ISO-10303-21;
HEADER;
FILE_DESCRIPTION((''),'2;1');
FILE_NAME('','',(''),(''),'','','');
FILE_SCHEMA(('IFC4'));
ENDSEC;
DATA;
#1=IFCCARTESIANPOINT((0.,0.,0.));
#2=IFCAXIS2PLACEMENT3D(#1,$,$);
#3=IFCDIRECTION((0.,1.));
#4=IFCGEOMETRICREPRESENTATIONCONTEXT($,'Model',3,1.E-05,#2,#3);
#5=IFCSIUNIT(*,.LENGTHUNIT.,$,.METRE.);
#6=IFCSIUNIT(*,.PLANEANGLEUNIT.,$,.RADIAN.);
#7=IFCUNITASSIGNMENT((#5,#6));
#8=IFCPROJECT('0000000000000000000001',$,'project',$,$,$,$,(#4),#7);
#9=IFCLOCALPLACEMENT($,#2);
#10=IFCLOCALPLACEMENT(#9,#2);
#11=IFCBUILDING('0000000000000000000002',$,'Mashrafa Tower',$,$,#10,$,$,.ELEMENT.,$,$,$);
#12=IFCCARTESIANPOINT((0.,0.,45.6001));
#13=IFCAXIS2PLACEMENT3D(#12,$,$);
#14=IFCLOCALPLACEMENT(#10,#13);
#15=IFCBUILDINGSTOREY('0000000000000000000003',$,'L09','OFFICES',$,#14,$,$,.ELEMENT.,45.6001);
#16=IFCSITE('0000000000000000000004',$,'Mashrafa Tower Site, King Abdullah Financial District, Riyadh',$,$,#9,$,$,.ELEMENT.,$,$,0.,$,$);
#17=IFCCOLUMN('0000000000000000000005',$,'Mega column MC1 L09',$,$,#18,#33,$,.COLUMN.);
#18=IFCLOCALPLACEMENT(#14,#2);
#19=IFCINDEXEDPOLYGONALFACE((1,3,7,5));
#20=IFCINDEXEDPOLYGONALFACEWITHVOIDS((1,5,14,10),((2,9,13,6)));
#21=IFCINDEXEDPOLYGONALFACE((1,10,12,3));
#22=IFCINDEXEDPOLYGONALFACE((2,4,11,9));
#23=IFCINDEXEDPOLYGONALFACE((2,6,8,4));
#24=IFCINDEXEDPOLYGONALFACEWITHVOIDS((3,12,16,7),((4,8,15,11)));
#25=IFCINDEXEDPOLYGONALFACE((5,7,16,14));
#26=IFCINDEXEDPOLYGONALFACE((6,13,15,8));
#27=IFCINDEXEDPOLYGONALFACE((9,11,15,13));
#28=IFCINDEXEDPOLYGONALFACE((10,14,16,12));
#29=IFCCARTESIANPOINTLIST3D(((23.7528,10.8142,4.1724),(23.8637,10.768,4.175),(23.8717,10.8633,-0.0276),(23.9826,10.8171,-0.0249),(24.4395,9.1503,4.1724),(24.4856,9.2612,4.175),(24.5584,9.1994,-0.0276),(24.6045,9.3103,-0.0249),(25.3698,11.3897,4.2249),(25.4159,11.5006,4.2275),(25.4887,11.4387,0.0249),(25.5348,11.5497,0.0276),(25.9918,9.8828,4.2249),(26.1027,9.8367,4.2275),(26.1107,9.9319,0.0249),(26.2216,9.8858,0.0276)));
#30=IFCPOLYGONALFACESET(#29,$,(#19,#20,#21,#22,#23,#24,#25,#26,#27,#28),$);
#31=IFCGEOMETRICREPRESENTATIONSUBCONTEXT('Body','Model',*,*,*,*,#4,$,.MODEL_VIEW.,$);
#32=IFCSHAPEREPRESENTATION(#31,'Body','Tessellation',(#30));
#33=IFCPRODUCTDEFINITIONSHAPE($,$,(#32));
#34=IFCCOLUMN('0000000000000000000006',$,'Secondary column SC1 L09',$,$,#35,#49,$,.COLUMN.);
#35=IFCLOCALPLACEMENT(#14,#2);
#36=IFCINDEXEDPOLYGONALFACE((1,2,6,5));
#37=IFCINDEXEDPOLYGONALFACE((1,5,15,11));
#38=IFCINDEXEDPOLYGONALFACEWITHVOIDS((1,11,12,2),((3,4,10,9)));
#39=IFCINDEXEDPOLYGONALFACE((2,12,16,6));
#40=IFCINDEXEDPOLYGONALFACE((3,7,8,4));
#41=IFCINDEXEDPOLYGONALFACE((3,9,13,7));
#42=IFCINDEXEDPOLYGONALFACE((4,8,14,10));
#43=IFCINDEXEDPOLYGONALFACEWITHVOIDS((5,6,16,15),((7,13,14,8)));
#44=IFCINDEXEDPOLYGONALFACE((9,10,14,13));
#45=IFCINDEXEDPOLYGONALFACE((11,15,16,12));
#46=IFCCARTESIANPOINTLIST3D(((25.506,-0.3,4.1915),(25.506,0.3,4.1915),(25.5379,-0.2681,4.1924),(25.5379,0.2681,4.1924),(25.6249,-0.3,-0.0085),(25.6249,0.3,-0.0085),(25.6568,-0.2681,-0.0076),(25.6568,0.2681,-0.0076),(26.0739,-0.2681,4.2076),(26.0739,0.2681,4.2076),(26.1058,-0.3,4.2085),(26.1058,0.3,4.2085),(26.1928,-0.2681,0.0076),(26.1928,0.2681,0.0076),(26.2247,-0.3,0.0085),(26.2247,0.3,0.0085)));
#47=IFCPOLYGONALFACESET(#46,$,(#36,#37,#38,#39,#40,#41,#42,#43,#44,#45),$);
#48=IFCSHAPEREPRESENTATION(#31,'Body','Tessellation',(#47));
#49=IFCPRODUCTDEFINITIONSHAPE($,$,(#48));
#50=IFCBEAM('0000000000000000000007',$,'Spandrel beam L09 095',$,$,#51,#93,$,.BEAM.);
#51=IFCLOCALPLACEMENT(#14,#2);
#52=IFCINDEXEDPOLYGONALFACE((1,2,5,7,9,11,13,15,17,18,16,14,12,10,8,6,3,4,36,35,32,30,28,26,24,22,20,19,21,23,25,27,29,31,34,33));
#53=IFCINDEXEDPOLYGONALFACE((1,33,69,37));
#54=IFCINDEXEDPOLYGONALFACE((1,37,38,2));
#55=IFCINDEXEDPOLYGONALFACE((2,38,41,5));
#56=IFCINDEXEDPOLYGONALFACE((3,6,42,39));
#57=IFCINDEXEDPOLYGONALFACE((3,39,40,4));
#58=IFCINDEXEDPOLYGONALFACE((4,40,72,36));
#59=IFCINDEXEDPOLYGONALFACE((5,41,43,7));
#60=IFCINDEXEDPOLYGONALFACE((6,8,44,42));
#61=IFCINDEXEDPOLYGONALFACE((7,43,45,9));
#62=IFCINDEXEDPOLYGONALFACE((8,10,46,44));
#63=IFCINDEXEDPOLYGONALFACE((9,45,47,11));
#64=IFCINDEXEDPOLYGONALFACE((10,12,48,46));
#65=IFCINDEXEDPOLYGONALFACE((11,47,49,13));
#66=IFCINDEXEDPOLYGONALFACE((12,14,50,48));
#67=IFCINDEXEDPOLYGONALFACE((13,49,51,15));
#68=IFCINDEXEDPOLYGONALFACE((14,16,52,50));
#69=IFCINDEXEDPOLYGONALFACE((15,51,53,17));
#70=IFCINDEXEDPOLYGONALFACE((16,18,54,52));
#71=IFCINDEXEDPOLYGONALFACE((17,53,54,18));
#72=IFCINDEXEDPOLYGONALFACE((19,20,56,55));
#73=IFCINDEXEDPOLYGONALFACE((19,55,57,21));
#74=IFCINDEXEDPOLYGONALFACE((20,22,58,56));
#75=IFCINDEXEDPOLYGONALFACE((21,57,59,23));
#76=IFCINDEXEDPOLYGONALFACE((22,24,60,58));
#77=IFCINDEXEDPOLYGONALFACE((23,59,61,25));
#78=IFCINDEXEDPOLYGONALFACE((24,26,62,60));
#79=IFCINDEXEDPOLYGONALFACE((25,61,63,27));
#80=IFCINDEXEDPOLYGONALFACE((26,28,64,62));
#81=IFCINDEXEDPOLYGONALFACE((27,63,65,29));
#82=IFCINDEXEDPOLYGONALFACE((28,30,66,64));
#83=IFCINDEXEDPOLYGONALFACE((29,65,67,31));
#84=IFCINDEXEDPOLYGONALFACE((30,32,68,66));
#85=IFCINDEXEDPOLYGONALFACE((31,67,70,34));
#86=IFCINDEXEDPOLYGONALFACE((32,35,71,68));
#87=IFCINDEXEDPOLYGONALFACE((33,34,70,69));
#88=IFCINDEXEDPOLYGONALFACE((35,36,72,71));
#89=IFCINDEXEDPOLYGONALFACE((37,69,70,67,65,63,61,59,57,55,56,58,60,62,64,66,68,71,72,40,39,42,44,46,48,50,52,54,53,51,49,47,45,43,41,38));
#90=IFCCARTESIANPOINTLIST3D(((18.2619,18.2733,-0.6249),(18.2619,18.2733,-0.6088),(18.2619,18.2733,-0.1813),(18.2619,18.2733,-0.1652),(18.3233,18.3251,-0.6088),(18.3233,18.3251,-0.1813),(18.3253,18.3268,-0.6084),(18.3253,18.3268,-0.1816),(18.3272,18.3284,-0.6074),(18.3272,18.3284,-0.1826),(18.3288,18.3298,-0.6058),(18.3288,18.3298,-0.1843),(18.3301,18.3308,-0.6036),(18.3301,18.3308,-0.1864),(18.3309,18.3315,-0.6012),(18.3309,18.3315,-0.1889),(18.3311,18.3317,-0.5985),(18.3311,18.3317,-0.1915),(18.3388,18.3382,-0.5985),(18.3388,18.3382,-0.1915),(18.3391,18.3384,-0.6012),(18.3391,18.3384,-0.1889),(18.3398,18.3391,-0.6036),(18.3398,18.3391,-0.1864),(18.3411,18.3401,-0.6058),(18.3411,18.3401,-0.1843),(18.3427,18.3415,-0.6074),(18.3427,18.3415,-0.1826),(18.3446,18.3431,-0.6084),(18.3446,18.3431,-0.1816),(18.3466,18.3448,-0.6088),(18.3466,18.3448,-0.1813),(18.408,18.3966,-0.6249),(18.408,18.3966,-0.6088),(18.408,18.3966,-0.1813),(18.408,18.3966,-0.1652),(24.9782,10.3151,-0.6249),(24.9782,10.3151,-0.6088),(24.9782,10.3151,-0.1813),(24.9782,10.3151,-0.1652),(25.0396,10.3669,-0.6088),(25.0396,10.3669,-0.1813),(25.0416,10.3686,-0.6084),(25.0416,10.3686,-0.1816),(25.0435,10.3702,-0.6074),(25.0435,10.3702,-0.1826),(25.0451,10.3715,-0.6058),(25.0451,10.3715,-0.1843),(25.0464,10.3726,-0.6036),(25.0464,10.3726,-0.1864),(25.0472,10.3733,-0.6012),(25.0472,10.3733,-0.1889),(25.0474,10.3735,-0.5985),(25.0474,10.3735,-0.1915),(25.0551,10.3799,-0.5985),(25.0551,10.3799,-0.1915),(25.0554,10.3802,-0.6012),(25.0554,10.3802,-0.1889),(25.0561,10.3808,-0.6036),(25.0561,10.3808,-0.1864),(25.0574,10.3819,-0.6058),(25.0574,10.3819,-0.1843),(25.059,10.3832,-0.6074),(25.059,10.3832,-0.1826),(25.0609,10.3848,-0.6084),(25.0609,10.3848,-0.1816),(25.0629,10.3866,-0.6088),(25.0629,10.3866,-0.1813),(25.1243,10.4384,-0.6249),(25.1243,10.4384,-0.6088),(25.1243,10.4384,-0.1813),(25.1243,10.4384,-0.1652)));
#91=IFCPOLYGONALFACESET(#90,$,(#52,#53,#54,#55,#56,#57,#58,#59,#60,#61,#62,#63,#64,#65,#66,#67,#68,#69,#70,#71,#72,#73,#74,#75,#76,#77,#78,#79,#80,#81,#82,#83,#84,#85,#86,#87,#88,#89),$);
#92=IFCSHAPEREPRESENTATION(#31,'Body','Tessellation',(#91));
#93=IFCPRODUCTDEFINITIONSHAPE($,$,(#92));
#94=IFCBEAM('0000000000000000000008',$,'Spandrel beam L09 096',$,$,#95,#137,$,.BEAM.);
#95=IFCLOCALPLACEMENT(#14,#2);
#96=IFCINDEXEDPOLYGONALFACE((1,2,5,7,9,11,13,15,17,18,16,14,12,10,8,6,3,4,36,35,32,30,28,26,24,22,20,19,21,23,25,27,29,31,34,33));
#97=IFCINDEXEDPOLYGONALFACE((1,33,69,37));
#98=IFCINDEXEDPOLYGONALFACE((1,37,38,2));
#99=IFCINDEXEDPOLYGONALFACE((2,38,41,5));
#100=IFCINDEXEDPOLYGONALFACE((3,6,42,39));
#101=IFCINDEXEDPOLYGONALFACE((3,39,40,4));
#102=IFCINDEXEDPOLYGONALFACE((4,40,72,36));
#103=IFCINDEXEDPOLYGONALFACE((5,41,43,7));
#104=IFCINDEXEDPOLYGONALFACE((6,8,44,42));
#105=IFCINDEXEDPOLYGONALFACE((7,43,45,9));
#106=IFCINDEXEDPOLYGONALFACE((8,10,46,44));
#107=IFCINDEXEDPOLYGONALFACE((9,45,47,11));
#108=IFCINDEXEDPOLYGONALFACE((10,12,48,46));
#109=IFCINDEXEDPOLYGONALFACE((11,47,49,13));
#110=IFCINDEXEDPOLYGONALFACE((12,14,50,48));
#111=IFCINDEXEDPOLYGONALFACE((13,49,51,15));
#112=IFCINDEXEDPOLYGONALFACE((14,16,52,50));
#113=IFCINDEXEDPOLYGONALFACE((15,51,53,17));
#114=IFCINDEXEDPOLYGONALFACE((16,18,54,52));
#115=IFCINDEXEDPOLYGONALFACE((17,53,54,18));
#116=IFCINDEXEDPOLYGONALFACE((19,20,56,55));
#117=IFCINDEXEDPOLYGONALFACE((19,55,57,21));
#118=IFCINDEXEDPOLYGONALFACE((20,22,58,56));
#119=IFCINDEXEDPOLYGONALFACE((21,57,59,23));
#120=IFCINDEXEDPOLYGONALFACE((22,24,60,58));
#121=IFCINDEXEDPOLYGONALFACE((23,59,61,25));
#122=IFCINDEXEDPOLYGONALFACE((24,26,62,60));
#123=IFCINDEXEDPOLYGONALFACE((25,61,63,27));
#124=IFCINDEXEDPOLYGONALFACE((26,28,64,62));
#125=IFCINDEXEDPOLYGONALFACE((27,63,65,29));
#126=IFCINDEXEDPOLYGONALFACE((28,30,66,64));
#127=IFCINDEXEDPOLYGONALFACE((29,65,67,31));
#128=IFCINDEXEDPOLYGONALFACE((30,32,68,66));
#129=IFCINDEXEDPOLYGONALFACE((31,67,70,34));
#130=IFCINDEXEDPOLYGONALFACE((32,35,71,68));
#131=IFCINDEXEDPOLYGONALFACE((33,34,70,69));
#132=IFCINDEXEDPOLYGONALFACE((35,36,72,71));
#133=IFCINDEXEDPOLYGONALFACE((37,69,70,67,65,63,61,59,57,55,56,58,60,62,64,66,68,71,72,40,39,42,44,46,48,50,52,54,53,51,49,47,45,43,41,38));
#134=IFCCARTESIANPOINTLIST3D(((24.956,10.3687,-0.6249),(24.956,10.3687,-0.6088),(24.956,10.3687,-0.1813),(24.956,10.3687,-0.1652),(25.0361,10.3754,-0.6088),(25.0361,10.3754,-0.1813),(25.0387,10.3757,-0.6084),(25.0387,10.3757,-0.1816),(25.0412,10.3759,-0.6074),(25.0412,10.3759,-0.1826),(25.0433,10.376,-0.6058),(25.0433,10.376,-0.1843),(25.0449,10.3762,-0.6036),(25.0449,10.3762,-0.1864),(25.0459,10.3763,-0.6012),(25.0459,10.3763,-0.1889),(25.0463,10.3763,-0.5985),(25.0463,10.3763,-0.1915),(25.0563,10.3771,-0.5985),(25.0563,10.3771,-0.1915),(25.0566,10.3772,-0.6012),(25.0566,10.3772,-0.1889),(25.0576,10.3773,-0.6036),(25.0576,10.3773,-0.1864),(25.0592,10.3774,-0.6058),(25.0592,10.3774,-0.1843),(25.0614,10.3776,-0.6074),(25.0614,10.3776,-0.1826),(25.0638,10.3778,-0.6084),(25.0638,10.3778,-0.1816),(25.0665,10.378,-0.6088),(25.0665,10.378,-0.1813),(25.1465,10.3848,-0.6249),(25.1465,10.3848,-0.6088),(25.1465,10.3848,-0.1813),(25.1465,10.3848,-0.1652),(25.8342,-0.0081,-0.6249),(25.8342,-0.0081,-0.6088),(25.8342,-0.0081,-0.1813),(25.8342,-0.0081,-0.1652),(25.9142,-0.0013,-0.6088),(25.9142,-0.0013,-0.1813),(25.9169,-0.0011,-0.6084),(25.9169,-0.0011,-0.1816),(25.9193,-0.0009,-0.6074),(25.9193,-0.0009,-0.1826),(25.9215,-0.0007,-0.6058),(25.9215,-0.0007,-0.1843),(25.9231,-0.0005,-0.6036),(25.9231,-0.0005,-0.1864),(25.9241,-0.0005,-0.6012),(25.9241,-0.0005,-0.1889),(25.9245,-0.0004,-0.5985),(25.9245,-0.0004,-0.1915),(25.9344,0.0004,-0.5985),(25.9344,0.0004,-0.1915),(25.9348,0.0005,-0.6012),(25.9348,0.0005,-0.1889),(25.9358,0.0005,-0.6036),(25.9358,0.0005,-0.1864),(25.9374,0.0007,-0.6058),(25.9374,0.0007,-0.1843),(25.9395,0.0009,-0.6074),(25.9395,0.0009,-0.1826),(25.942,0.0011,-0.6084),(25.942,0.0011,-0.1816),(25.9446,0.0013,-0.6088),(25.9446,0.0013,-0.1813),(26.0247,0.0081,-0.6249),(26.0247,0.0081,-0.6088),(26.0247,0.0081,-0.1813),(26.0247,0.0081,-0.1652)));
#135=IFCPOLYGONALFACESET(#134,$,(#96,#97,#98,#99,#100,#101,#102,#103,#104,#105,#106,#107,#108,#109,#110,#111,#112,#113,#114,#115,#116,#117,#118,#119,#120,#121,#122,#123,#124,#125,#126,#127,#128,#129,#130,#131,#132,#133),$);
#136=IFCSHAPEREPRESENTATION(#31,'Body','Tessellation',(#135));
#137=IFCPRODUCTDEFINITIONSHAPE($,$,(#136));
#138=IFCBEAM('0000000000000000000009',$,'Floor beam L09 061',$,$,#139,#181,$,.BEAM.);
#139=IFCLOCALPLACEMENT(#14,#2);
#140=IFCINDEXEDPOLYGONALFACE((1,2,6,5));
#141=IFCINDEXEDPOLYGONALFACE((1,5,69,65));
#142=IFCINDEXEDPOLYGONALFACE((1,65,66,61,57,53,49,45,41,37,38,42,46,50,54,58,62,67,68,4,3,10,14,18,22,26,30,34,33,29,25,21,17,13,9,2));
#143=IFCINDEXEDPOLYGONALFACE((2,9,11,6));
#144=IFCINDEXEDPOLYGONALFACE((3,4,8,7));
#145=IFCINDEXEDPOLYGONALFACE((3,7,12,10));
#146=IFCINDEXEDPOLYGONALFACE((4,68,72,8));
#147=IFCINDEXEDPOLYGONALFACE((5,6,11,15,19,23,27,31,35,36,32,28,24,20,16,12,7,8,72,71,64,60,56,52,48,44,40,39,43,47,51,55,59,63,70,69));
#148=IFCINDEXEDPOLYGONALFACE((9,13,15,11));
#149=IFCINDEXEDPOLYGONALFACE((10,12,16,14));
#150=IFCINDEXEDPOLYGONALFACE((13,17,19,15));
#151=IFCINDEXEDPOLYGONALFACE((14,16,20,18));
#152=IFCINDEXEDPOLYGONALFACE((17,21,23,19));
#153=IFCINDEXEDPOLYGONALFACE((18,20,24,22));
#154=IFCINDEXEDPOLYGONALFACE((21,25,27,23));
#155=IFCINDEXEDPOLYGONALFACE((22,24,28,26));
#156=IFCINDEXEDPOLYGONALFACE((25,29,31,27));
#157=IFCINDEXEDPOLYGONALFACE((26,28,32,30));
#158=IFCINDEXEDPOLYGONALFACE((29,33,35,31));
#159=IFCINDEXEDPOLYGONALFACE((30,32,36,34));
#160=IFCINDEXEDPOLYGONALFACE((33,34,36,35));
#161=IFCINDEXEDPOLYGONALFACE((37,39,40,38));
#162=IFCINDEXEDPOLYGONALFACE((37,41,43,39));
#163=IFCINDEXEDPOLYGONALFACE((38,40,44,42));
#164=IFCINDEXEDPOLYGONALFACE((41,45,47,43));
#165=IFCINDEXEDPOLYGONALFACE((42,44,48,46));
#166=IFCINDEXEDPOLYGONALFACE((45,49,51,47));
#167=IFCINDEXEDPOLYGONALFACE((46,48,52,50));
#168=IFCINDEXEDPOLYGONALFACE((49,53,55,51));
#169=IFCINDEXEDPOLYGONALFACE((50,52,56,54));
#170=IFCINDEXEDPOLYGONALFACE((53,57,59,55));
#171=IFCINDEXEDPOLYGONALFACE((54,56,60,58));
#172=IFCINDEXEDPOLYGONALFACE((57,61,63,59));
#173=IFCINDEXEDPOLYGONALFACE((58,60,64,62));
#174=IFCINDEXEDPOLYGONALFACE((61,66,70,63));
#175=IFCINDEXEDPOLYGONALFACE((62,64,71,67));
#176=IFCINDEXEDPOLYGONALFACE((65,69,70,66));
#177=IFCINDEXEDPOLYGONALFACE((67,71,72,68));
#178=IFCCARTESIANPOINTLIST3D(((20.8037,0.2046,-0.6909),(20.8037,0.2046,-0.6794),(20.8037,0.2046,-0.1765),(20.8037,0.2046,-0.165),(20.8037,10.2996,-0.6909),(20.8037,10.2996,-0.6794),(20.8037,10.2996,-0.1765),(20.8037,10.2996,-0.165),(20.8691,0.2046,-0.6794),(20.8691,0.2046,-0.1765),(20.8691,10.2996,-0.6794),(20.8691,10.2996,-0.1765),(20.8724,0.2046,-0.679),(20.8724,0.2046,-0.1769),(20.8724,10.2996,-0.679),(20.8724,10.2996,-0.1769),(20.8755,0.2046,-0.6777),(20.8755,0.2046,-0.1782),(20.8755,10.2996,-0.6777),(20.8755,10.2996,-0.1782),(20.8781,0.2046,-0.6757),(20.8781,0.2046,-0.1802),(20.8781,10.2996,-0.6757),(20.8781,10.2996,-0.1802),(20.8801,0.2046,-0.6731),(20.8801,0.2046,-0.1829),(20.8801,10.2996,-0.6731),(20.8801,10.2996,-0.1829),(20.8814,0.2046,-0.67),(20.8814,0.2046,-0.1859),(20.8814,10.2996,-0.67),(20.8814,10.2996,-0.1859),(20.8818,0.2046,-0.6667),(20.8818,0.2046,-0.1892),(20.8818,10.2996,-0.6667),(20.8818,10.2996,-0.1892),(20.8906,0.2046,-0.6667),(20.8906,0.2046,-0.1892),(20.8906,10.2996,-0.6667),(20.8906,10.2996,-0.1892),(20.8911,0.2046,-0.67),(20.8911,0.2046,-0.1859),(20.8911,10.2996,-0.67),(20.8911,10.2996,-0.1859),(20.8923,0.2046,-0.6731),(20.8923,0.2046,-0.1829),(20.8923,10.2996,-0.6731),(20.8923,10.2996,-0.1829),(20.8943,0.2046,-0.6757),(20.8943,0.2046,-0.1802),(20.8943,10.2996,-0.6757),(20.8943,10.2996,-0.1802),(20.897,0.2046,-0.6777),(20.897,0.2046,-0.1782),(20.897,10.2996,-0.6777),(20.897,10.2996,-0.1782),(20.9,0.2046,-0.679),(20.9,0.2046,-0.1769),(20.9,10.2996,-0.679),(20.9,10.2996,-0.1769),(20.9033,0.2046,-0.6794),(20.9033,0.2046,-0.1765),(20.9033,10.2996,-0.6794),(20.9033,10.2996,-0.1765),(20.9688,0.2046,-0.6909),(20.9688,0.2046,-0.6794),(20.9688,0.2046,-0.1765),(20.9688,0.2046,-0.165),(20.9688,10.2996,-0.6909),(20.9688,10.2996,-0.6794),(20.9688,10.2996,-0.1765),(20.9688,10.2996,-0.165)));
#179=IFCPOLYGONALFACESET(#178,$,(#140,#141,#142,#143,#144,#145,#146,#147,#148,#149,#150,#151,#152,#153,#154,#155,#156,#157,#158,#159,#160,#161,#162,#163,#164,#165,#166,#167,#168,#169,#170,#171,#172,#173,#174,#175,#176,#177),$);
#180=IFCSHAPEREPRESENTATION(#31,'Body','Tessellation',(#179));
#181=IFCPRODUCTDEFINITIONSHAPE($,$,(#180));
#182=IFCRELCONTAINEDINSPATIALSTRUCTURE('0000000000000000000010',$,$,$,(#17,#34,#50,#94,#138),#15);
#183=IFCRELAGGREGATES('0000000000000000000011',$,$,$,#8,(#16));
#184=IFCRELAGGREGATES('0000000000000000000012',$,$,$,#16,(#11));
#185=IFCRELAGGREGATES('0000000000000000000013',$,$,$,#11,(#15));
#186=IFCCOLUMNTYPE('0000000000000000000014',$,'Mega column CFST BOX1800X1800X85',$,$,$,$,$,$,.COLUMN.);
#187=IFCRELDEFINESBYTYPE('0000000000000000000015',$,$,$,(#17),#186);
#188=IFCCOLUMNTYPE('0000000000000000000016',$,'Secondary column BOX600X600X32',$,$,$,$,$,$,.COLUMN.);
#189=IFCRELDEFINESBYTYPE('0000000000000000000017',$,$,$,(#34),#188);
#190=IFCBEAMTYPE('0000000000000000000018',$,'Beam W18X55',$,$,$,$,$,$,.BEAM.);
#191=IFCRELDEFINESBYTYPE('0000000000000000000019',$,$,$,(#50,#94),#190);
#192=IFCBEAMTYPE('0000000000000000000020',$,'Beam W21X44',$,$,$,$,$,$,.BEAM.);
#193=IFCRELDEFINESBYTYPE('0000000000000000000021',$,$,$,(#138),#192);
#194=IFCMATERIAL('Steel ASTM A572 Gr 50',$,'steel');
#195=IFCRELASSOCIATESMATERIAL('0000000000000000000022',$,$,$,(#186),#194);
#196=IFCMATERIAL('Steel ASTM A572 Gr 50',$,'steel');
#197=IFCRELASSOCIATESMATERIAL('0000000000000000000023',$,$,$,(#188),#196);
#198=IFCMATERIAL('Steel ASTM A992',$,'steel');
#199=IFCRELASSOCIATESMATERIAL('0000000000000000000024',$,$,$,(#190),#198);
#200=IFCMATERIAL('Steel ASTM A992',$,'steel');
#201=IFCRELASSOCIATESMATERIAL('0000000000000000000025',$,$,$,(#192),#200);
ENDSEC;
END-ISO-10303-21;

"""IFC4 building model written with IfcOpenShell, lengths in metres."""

from ifc_helpers import new_model, si_unit, direction, frame, origin, origin_2d, place, context, subcontext, project, spatial, hollow_rectangle, i_section, extrude, material, material_profile, profile_set, type_object, element, save


model = new_model("IFC4")

# Units and contexts
model_context = context("Model", 3, precision=1e-05, world=origin(), true_north=direction((0.0, 1.0)))
body_context = subcontext(model_context, "Body", "Model", "MODEL_VIEW")
ifc_project = project(units=[si_unit("LENGTHUNIT", "METRE"), si_unit("PLANEANGLEUNIT", "RADIAN")], contexts=[model_context])

# Site, building, storey
site_placement = place(None, origin())
site = spatial("IfcSite", under=ifc_project, at=site_placement, Name="Mashrafa Tower Site, King Abdullah Financial District, Riyadh", CompositionType="ELEMENT", RefElevation=0.0)
building_placement = place(site_placement, origin())
building = spatial("IfcBuilding", under=site, at=building_placement, Name="Mashrafa Tower", CompositionType="ELEMENT")
storey_placement = place(building_placement, frame((0.0, 0.0, 45.6001)))
storey = spatial("IfcBuildingStorey", under=building, at=storey_placement, Name="L09", Description="OFFICES", CompositionType="ELEMENT", Elevation=45.6001)

# Columns
ifc_material_1 = material(Name="Steel ASTM A572 Gr 50", Category="steel")
ifc_material_profile_1 = material_profile(ifc_material_1, hollow_rectangle(XDim=1.8, YDim=1.8, WallThickness=0.085, at=origin_2d()), Name="BOX1800X1800X85")
ifc_profile_set_1 = profile_set([ifc_material_profile_1], Name="Steel ASTM A572 Gr 50")
column_type_1 = type_object("IfcColumnType", Name="Mega column CFST BOX1800X1800X85", PredefinedType="COLUMN", material=ifc_profile_set_1)
column_1_placement = place(storey_placement, frame((25.0466, 10.3745, 0.0), z_axis=(-0.028296, -0.011679, 0.999531), x_axis=(0.381513, -0.924363, 0.0)))
element("IfcColumn", 1, at=column_1_placement, inside=storey, type_object=column_type_1, Name="Mega column MC1 L09", PredefinedType="COLUMN", context=body_context, shape_type="SweptSolid", body=[
    extrude(hollow_rectangle(XDim=1.8, YDim=1.8, WallThickness=0.085, at=origin_2d()), origin(), (0.0, 0.0, 1.0), 4.2019),
])
ifc_material_2 = material(Name="Steel ASTM A572 Gr 50", Category="steel")
ifc_material_profile_2 = material_profile(ifc_material_2, hollow_rectangle(XDim=0.6001, YDim=0.6001, WallThickness=0.032, at=origin_2d()), Name="BOX600X600X32")
ifc_profile_set_2 = profile_set([ifc_material_profile_2], Name="Steel ASTM A572 Gr 50")
column_type_2 = type_object("IfcColumnType", Name="Secondary column BOX600X600X32", PredefinedType="COLUMN", material=ifc_profile_set_2)
column_2_placement = place(storey_placement, frame((25.9248, 0.0, 0.0), z_axis=(-0.028298, 0.0, 0.9996), x_axis=(0.0, -1.0, 0.0)))
element("IfcColumn", 2, at=column_2_placement, inside=storey, type_object=column_type_2, Name="Secondary column SC1 L09", PredefinedType="COLUMN", context=body_context, shape_type="SweptSolid", body=[
    extrude(hollow_rectangle(XDim=0.6001, YDim=0.6001, WallThickness=0.032, at=origin_2d()), origin(), (0.0, 0.0, 1.0), 4.2017),
])

# Beams
ifc_material_3 = material(Name="Steel ASTM A992", Category="steel")
ifc_material_profile_3 = material_profile(ifc_material_3, i_section(OverallWidth=0.1912, OverallDepth=0.4597, WebThickness=0.01, FlangeThickness=0.0161, FilletRadius=0.0103, at=origin_2d()), Name="W18X55")
ifc_profile_set_3 = profile_set([ifc_material_profile_3], Name="Steel ASTM A992")
beam_type_1 = type_object("IfcBeamType", Name="Beam W18X55", PredefinedType="BEAM", material=ifc_profile_set_3)
beam_1_placement = place(storey_placement, frame((25.0513, 10.3767, -0.395), z_axis=(-0.644957, 0.764219, 0.0), x_axis=(-0.764219, -0.644957, 0.0)))
element("IfcBeam", 3, at=beam_1_placement, inside=storey, type_object=beam_type_1, Name="Spandrel beam L09 095", PredefinedType="BEAM", context=body_context, shape_type="SweptSolid", body=[
    extrude(i_section(OverallWidth=0.1912, OverallDepth=0.4597, WebThickness=0.01, FlangeThickness=0.0161, FilletRadius=0.0103, at=origin_2d()), origin(), (0.0, 0.0, 1.0), 10.4136),
])
beam_2_placement = place(storey_placement, frame((25.9294, 0.0, -0.395), z_axis=(-0.084328, 0.996438, 0.0), x_axis=(-0.996438, -0.084328, 0.0)))
element("IfcBeam", 4, at=beam_2_placement, inside=storey, type_object=beam_type_1, Name="Spandrel beam L09 096", PredefinedType="BEAM", context=body_context, shape_type="SweptSolid", body=[
    extrude(i_section(OverallWidth=0.1912, OverallDepth=0.4597, WebThickness=0.01, FlangeThickness=0.0161, FilletRadius=0.0103, at=origin_2d()), origin(), (0.0, 0.0, 1.0), 10.4138),
])
ifc_material_4 = material(Name="Steel ASTM A992", Category="steel")
ifc_material_profile_4 = material_profile(ifc_material_4, i_section(OverallWidth=0.165, OverallDepth=0.5259, WebThickness=0.0088, FlangeThickness=0.0115, FilletRadius=0.0127, at=origin_2d()), Name="W21X44")
ifc_profile_set_4 = profile_set([ifc_material_profile_4], Name="Steel ASTM A992")
beam_type_2 = type_object("IfcBeamType", Name="Beam W21X44", PredefinedType="BEAM", material=ifc_profile_set_4)
beam_3_placement = place(storey_placement, frame((20.8862, 10.2996, -0.428), z_axis=(0.0, -1.0, 0.0), x_axis=(1.0, 0.0, 0.0)))
element("IfcBeam", 5, at=beam_3_placement, inside=storey, type_object=beam_type_2, Name="Floor beam L09 061", PredefinedType="BEAM", context=body_context, shape_type="SweptSolid", body=[
    extrude(i_section(OverallWidth=0.165, OverallDepth=0.5259, WebThickness=0.0088, FlangeThickness=0.0115, FilletRadius=0.0127, at=origin_2d()), origin(), (0.0, 0.0, 1.0), 10.095),
])

save(model, "model.ifc")
